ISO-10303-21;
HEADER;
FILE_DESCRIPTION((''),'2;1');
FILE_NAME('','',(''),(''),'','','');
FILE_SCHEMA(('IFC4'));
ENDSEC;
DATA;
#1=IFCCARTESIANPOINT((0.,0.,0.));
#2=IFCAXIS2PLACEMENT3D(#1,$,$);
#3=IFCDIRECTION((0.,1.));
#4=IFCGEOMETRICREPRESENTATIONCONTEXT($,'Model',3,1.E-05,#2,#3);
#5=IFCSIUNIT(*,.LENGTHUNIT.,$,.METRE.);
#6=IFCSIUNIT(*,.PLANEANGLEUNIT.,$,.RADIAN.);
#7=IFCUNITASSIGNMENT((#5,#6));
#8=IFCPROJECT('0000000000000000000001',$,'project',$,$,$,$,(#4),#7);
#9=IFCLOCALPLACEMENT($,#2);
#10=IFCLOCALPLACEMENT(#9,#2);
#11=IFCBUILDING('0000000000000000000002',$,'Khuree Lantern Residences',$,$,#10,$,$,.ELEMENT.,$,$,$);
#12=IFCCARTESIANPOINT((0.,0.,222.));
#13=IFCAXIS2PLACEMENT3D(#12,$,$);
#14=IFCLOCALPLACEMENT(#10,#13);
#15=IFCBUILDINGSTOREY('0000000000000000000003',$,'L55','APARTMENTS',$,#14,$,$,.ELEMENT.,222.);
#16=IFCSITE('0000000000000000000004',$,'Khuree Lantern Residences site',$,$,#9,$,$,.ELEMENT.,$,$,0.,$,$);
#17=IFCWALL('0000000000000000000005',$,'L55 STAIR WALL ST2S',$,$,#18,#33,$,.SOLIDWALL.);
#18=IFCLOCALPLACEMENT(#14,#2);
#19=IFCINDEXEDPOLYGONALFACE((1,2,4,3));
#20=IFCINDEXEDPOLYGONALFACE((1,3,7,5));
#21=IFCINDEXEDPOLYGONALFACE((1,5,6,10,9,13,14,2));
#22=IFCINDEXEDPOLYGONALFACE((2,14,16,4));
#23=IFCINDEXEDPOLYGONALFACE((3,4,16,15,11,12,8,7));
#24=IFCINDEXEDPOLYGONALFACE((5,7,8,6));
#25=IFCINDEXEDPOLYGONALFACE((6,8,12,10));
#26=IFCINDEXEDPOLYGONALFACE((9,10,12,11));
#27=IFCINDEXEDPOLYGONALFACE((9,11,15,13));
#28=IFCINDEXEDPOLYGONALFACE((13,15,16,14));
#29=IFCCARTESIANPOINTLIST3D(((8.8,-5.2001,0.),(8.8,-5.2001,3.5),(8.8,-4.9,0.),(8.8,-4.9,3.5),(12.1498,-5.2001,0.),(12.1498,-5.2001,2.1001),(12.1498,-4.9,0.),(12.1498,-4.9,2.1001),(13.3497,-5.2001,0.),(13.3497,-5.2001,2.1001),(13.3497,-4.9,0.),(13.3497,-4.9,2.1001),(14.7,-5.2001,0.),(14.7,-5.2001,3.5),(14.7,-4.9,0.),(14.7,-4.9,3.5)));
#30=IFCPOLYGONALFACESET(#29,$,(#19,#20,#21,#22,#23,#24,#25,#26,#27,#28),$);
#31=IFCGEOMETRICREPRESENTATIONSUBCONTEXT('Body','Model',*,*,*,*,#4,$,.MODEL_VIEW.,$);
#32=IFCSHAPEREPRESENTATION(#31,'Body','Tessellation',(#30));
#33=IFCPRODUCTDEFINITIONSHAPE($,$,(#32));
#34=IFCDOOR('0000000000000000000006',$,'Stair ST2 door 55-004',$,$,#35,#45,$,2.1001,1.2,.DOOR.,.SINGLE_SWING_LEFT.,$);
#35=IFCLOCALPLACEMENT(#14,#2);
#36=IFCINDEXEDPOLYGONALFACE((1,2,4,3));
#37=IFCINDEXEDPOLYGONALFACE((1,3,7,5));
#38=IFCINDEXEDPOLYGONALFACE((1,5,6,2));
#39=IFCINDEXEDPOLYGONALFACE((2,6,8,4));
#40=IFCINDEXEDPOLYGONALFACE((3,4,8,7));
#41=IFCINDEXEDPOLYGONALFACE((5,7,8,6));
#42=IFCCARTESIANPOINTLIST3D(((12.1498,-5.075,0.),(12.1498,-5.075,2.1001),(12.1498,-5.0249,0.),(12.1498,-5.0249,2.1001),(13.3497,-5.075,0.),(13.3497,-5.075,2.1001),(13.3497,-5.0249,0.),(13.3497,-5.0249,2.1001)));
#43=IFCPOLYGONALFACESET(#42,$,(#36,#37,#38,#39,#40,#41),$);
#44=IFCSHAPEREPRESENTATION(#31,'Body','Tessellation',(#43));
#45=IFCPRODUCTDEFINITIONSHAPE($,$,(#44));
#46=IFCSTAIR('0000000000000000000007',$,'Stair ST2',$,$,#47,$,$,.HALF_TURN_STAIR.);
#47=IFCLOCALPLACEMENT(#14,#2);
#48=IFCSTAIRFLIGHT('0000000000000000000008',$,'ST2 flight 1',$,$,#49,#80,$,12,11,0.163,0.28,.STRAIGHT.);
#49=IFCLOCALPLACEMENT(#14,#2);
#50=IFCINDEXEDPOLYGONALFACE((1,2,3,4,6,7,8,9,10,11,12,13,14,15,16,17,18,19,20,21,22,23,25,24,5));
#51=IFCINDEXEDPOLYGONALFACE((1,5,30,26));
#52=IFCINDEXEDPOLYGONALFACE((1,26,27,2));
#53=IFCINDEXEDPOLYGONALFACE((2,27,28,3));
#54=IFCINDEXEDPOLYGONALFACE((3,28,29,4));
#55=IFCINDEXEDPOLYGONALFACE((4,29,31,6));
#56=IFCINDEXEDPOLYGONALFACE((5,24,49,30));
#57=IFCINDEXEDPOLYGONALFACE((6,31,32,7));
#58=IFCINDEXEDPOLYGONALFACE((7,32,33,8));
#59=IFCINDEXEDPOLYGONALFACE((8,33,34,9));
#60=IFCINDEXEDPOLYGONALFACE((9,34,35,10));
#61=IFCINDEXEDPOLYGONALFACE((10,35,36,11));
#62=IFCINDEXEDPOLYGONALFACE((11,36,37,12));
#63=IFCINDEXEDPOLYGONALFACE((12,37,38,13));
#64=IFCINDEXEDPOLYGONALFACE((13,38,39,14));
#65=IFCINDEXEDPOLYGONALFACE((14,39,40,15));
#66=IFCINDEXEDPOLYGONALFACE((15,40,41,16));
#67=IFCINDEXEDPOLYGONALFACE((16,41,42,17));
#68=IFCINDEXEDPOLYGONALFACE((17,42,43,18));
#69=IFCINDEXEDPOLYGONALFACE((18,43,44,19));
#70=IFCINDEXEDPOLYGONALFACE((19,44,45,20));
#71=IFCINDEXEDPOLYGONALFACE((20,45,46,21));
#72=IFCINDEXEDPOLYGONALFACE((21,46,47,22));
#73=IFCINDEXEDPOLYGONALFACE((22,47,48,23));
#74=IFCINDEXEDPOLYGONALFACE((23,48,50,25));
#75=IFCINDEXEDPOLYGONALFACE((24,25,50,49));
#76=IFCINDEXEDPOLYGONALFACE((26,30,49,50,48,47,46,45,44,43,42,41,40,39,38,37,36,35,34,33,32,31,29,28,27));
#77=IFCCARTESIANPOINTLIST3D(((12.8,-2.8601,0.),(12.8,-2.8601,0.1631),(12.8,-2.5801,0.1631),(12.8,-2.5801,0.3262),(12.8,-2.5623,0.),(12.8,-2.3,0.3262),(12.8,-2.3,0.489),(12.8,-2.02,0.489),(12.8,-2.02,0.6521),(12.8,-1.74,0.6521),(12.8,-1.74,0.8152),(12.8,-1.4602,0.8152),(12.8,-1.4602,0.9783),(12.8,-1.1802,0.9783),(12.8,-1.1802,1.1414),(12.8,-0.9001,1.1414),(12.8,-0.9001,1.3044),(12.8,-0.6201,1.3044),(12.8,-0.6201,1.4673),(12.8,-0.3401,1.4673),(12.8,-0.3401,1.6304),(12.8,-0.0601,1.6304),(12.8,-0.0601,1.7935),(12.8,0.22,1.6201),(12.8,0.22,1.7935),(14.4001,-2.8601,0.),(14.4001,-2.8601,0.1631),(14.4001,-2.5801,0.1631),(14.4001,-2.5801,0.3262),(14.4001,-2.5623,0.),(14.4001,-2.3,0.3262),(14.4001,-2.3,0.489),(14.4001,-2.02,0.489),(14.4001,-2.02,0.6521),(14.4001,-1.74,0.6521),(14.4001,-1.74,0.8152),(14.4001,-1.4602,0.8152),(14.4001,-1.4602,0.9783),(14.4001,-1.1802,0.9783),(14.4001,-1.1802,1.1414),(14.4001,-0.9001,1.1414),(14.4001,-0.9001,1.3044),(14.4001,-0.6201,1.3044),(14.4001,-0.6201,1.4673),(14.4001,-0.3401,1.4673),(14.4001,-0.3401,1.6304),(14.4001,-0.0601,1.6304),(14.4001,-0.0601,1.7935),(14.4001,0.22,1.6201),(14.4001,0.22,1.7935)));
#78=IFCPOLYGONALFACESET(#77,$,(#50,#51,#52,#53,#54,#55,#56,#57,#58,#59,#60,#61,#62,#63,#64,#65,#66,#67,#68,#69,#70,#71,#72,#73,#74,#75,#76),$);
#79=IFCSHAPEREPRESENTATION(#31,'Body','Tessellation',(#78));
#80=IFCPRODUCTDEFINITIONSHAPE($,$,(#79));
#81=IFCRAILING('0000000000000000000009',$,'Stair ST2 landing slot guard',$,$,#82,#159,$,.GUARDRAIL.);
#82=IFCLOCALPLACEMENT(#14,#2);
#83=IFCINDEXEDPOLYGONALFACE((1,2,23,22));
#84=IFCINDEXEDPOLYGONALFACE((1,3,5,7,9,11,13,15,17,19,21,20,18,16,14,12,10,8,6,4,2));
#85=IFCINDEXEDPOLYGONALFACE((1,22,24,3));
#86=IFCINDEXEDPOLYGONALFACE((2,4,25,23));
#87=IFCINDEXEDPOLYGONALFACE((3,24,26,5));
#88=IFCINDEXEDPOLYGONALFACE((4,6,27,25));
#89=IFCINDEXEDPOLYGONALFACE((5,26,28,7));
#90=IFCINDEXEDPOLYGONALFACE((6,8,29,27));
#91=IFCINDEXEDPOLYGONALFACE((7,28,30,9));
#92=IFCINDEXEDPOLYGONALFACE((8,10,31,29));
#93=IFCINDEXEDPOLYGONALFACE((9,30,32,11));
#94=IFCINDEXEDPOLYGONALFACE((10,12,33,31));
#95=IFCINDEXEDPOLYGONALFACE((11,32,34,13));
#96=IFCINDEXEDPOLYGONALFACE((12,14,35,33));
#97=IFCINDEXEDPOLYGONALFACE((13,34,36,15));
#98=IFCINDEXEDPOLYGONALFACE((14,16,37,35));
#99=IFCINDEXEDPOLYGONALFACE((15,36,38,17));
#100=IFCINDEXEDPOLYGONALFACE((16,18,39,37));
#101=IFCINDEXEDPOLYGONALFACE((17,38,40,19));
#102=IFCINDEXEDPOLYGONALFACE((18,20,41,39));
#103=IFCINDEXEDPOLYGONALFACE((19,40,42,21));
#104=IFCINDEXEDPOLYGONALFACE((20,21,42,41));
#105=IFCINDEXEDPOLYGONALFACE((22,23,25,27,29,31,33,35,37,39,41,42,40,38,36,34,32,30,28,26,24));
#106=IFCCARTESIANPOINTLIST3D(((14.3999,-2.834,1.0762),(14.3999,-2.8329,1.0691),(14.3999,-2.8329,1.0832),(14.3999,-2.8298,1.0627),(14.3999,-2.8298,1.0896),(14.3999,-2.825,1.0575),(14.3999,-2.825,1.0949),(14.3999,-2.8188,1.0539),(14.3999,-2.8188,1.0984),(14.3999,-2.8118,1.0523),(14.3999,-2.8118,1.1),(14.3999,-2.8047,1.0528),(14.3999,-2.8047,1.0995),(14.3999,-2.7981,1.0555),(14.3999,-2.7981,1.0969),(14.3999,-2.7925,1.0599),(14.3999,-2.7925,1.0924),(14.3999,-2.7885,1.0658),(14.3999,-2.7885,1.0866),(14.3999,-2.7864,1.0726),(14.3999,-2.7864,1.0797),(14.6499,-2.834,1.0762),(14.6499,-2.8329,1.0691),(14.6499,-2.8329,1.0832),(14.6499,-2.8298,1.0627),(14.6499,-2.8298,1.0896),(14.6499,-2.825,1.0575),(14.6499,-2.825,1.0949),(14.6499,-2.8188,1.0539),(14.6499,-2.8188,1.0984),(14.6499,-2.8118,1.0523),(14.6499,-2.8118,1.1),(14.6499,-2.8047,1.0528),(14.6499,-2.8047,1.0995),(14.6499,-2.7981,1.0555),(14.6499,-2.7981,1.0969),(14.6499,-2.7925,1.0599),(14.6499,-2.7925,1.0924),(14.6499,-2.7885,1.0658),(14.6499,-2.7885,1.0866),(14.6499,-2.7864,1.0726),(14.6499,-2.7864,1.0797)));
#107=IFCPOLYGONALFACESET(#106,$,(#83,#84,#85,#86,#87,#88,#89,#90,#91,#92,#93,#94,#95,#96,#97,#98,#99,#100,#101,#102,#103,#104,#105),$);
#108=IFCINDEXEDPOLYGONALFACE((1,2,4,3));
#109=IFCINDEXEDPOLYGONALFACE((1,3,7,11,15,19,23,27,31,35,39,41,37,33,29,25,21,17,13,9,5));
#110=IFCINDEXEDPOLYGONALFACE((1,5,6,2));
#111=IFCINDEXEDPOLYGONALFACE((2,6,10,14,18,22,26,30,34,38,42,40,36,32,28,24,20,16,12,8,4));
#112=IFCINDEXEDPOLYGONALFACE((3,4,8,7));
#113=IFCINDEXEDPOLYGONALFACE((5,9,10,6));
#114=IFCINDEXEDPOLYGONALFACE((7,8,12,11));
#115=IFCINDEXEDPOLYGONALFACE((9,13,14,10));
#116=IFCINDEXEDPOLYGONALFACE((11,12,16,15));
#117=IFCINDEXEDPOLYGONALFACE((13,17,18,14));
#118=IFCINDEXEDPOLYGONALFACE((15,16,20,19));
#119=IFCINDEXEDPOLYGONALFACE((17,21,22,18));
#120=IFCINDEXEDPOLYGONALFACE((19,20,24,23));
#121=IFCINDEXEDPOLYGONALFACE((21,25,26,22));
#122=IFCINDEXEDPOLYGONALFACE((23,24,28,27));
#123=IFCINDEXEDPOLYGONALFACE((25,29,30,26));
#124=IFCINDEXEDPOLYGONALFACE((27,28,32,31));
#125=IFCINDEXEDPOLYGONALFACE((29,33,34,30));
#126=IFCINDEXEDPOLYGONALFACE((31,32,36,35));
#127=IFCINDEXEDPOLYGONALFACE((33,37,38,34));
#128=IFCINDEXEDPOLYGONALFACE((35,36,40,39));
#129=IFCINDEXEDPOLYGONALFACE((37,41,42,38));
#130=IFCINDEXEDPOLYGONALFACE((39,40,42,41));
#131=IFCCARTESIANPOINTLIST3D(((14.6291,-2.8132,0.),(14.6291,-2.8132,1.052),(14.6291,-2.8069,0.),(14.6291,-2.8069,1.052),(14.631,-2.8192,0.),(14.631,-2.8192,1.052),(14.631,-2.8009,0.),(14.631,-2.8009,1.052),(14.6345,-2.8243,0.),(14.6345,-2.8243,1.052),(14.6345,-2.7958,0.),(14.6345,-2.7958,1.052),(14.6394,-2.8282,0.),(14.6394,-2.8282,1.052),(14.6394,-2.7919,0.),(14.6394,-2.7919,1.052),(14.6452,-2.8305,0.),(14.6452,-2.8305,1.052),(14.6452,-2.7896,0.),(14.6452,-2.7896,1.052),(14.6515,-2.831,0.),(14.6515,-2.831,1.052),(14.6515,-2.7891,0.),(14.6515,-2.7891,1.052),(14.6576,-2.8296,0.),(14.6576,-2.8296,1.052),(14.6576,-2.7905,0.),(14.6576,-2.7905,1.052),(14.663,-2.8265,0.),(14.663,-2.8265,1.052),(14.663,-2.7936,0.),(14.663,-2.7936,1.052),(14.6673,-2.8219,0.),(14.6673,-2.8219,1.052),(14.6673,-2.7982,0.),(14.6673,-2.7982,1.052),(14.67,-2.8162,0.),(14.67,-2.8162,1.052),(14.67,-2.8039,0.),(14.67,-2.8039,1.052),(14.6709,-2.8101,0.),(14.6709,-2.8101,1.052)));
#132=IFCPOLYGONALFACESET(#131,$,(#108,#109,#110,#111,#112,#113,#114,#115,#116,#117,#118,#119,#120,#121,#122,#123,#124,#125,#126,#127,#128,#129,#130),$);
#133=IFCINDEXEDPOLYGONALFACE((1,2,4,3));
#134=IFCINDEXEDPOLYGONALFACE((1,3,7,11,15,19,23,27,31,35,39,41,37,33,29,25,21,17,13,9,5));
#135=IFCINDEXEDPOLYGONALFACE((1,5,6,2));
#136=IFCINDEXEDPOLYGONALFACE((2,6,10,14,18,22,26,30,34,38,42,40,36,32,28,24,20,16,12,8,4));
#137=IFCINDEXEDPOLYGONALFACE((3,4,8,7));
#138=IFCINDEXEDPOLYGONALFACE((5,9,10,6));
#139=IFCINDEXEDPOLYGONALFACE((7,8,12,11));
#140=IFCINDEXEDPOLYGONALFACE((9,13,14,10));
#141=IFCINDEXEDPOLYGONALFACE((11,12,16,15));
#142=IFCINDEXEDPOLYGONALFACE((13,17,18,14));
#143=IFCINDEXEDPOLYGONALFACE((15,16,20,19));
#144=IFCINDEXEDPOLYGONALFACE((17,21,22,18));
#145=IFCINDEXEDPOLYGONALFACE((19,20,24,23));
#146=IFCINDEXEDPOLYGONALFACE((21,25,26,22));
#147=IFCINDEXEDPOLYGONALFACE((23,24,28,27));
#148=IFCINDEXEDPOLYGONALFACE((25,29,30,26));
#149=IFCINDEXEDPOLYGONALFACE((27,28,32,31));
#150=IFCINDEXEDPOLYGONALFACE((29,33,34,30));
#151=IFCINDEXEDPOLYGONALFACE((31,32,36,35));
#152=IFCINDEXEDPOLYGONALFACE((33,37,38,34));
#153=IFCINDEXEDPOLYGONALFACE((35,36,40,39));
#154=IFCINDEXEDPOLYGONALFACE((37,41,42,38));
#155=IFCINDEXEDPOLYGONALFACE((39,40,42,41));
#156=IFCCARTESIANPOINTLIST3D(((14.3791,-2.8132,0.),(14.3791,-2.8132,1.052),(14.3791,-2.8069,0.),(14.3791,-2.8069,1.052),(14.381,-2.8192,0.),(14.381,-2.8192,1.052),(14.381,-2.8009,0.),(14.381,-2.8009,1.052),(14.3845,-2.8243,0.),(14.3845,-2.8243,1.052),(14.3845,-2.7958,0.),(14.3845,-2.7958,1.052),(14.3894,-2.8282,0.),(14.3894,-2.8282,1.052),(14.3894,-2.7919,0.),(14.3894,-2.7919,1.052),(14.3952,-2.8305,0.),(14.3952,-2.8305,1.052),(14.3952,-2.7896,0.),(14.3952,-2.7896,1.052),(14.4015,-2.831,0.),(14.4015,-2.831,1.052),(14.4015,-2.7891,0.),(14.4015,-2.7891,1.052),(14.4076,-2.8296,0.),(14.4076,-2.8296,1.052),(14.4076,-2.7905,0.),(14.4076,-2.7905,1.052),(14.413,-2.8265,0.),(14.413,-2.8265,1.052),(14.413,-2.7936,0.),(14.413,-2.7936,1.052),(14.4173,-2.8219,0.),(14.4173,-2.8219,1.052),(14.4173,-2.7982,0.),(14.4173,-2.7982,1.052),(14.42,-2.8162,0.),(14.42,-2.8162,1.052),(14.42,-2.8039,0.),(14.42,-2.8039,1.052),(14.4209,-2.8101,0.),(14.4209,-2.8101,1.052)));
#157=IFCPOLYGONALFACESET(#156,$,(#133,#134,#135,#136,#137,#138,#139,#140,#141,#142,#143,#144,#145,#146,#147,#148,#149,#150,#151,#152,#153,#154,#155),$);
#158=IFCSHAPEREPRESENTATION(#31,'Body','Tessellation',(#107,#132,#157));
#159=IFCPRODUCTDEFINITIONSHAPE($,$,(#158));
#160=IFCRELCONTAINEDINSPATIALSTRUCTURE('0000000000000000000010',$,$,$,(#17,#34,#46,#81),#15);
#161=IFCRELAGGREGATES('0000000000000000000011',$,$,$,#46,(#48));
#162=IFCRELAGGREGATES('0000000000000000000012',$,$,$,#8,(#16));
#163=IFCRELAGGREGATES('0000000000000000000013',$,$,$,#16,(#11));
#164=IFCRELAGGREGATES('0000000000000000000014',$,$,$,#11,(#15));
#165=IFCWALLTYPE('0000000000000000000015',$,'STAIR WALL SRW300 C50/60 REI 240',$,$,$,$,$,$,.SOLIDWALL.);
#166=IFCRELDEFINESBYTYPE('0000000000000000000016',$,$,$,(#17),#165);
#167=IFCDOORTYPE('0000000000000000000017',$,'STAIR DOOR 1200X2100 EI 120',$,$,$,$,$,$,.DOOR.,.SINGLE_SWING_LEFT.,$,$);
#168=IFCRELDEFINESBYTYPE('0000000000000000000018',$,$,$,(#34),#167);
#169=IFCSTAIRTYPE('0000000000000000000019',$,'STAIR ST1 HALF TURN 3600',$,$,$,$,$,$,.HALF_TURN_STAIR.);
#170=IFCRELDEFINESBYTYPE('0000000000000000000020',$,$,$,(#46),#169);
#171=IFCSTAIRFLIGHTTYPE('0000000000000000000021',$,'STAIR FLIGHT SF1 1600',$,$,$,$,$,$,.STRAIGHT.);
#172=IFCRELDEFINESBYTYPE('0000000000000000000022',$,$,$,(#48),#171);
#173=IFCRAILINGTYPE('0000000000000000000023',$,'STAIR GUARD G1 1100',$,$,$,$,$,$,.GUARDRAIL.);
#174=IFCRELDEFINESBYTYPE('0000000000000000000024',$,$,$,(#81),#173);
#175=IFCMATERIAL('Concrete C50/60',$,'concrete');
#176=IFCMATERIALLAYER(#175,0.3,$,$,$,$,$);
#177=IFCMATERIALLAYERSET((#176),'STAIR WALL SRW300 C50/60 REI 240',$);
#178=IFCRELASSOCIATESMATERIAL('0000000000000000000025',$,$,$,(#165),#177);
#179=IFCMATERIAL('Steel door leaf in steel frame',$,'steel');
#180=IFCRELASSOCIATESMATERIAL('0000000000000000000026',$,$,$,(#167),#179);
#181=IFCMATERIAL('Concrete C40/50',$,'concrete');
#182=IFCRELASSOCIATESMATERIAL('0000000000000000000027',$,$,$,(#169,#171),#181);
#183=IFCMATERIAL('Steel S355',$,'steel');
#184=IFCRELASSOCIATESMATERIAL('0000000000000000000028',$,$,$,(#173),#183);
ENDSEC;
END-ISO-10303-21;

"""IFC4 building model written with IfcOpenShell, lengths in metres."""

from ifc_helpers import new_model, si_unit, direction, frame, frame_2d, origin, origin_2d, place, context, subcontext, project, spatial, polyline, rectangle, circle, outline, extrude, material, layer, layer_set, type_object, element, fill, aggregate, save


model = new_model("IFC4")

# Units and contexts
model_context = context("Model", 3, precision=1e-05, world=origin(), true_north=direction((0.0, 1.0)))
body_context = subcontext(model_context, "Body", "Model", "MODEL_VIEW")
ifc_project = project(units=[si_unit("LENGTHUNIT", "METRE"), si_unit("PLANEANGLEUNIT", "RADIAN")], contexts=[model_context])

# Site, building, storey
site_placement = place(None, origin())
site = spatial("IfcSite", under=ifc_project, at=site_placement, Name="Khuree Lantern Residences site", CompositionType="ELEMENT", RefElevation=0.0)
building_placement = place(site_placement, origin())
building = spatial("IfcBuilding", under=site, at=building_placement, Name="Khuree Lantern Residences", CompositionType="ELEMENT")
storey_placement = place(building_placement, frame((0.0, 0.0, 222.0)))
storey = spatial("IfcBuildingStorey", under=building, at=storey_placement, Name="L55", Description="APARTMENTS", CompositionType="ELEMENT", Elevation=222.0)

# Shared definitions
ifc_material_1 = material(Name="Concrete C50/60", Category="concrete")

# Shared definitions
ifc_material_2 = material(Name="Steel door leaf in steel frame", Category="steel")

# Shared definitions
ifc_layer_1 = layer(ifc_material_1, 0.3)
ifc_layer_set_1 = layer_set([ifc_layer_1], Name="STAIR WALL SRW300 C50/60 REI 240")
wall_type_1 = type_object("IfcWallType", Name="STAIR WALL SRW300 C50/60 REI 240", PredefinedType="SOLIDWALL", material=ifc_layer_set_1)

# Wall, opening, door
wall_1_placement = place(storey_placement, frame((14.7, -5.05, 0.0), z_axis=(0.0, 0.0, 1.0), x_axis=(-1.0, 0.0, 0.0)))
wall_1 = element("IfcWall", 1, at=wall_1_placement, inside=storey, type_object=wall_type_1, Name="L55 STAIR WALL ST2S", PredefinedType="SOLIDWALL", context=body_context, shape_type="SweptSolid", body=[
    extrude(rectangle(XDim=5.8999, YDim=0.3, at=frame_2d((2.95, 0.0))), origin(), (0.0, 0.0, 1.0), 3.5),
])
opening_1_placement = place(wall_1_placement, frame((1.3501, 0.0, 0.0)))
opening_1 = element("IfcOpeningElement", 2, at=opening_1_placement, cuts=wall_1, PredefinedType="OPENING", context=body_context, shape_type="SweptSolid", body=[
    extrude(rectangle(XDim=1.2, YDim=2.1001, at=frame_2d((0.6001, 1.05))), frame((0.0, 0.1602, 0.0), z_axis=(0.0, -1.0, 0.0), x_axis=(1.0, 0.0, 0.0)), (0.0, 0.0, 1.0), 0.3201),
])
door_type_1 = type_object("IfcDoorType", Name="STAIR DOOR 1200X2100 EI 120", OperationType="SINGLE_SWING_LEFT", PredefinedType="DOOR", material=ifc_material_2)
door_1_placement = place(opening_1_placement, origin())
door_1 = element("IfcDoor", 3, at=door_1_placement, inside=storey, type_object=door_type_1, Name="Stair ST2 door 55-004", OperationType="SINGLE_SWING_LEFT", OverallHeight=2.1001, OverallWidth=1.2, PredefinedType="DOOR", context=body_context, shape_type="SweptSolid", body=[
    extrude(rectangle(XDim=1.2, YDim=2.1001, at=frame_2d((0.6001, 1.05))), frame((0.0, 0.0249, 0.0), z_axis=(0.0, -1.0, 0.0), x_axis=(1.0, 0.0, 0.0)), (0.0, 0.0, 1.0), 0.05),
])
fill(opening_1, door_1)

# Stair, stair flight
ifc_material_3 = material(Name="Concrete C40/50", Category="concrete")
stair_type = type_object("IfcStairType", Name="STAIR ST1 HALF TURN 3600", PredefinedType="HALF_TURN_STAIR", material=ifc_material_3)
stair_placement = place(storey_placement, origin())
stair = element("IfcStair", 4, at=stair_placement, inside=storey, type_object=stair_type, Name="Stair ST2", PredefinedType="HALF_TURN_STAIR")
stair_flight_type = type_object("IfcStairFlightType", Name="STAIR FLIGHT SF1 1600", PredefinedType="STRAIGHT", material=ifc_material_3)
stair_flight_placement = place(storey_placement, frame((13.6001, -2.8601, 0.0), z_axis=(0.0, 0.0, 1.0), x_axis=(0.0, 1.0, 0.0)))
stair_flight = element("IfcStairFlight", 5, at=stair_flight_placement, type_object=stair_flight_type, Name="ST2 flight 1", NumberOfRisers=12, NumberOfTreads=11, PredefinedType="STRAIGHT", RiserHeight=0.163, TreadLength=0.28, context=body_context, shape_type="SweptSolid", body=[
    extrude(outline(polyline([(0.0, 0.0), (0.0, 0.1631), (0.28, 0.1631), (0.28, 0.3262), (0.5601, 0.3262), (0.5601, 0.489), (0.8401, 0.489), (0.8401, 0.6521), (1.1201, 0.6521), (1.1201, 0.8152), (1.3999, 0.8152), (1.3999, 0.9783), (1.6799, 0.9783), (1.6799, 1.1414), (1.96, 1.1414), (1.96, 1.3044), (2.24, 1.3044), (2.24, 1.4673), (2.52, 1.4673), (2.52, 1.6304), (2.8, 1.6304), (2.8, 1.7935), (3.0801, 1.7935), (3.0801, 1.9565), (3.0801, 1.6201), (0.2979, 0.0), (0.0, 0.0)])), frame((0.0, 0.8, 0.0), z_axis=(0.0, -1.0, 0.0), x_axis=(1.0, 0.0, 0.0)), (0.0, 0.0, 1.0), 1.6001),
])
aggregate(stair, [stair_flight])

# Railing
ifc_material_4 = material(Name="Steel S355", Category="steel")
railing_type_1 = type_object("IfcRailingType", Name="STAIR GUARD G1 1100", PredefinedType="GUARDRAIL", material=ifc_material_4)
railing_1_placement = place(storey_placement, frame((14.6499, -2.8101, 0.0)))
element("IfcRailing", 6, at=railing_1_placement, inside=storey, type_object=railing_type_1, Name="Stair ST2 landing slot guard", PredefinedType="GUARDRAIL", context=body_context, shape_type="SweptSolid", body=[
    extrude(circle(Radius=0.0239, at=origin_2d()), frame((0.0, 0.0, 1.0762), z_axis=(-1.0, 0.0, 0.0), x_axis=(0.0, -1.0, 0.0)), (0.0, 0.0, 1.0), 0.25),
    extrude(circle(Radius=0.021, at=origin_2d()), origin(), (0.0, 0.0, 1.0), 1.052),
    extrude(circle(Radius=0.021, at=origin_2d()), frame((-0.25, 0.0, 0.0)), (0.0, 0.0, 1.0), 1.052),
])

save(model, "model.ifc")
